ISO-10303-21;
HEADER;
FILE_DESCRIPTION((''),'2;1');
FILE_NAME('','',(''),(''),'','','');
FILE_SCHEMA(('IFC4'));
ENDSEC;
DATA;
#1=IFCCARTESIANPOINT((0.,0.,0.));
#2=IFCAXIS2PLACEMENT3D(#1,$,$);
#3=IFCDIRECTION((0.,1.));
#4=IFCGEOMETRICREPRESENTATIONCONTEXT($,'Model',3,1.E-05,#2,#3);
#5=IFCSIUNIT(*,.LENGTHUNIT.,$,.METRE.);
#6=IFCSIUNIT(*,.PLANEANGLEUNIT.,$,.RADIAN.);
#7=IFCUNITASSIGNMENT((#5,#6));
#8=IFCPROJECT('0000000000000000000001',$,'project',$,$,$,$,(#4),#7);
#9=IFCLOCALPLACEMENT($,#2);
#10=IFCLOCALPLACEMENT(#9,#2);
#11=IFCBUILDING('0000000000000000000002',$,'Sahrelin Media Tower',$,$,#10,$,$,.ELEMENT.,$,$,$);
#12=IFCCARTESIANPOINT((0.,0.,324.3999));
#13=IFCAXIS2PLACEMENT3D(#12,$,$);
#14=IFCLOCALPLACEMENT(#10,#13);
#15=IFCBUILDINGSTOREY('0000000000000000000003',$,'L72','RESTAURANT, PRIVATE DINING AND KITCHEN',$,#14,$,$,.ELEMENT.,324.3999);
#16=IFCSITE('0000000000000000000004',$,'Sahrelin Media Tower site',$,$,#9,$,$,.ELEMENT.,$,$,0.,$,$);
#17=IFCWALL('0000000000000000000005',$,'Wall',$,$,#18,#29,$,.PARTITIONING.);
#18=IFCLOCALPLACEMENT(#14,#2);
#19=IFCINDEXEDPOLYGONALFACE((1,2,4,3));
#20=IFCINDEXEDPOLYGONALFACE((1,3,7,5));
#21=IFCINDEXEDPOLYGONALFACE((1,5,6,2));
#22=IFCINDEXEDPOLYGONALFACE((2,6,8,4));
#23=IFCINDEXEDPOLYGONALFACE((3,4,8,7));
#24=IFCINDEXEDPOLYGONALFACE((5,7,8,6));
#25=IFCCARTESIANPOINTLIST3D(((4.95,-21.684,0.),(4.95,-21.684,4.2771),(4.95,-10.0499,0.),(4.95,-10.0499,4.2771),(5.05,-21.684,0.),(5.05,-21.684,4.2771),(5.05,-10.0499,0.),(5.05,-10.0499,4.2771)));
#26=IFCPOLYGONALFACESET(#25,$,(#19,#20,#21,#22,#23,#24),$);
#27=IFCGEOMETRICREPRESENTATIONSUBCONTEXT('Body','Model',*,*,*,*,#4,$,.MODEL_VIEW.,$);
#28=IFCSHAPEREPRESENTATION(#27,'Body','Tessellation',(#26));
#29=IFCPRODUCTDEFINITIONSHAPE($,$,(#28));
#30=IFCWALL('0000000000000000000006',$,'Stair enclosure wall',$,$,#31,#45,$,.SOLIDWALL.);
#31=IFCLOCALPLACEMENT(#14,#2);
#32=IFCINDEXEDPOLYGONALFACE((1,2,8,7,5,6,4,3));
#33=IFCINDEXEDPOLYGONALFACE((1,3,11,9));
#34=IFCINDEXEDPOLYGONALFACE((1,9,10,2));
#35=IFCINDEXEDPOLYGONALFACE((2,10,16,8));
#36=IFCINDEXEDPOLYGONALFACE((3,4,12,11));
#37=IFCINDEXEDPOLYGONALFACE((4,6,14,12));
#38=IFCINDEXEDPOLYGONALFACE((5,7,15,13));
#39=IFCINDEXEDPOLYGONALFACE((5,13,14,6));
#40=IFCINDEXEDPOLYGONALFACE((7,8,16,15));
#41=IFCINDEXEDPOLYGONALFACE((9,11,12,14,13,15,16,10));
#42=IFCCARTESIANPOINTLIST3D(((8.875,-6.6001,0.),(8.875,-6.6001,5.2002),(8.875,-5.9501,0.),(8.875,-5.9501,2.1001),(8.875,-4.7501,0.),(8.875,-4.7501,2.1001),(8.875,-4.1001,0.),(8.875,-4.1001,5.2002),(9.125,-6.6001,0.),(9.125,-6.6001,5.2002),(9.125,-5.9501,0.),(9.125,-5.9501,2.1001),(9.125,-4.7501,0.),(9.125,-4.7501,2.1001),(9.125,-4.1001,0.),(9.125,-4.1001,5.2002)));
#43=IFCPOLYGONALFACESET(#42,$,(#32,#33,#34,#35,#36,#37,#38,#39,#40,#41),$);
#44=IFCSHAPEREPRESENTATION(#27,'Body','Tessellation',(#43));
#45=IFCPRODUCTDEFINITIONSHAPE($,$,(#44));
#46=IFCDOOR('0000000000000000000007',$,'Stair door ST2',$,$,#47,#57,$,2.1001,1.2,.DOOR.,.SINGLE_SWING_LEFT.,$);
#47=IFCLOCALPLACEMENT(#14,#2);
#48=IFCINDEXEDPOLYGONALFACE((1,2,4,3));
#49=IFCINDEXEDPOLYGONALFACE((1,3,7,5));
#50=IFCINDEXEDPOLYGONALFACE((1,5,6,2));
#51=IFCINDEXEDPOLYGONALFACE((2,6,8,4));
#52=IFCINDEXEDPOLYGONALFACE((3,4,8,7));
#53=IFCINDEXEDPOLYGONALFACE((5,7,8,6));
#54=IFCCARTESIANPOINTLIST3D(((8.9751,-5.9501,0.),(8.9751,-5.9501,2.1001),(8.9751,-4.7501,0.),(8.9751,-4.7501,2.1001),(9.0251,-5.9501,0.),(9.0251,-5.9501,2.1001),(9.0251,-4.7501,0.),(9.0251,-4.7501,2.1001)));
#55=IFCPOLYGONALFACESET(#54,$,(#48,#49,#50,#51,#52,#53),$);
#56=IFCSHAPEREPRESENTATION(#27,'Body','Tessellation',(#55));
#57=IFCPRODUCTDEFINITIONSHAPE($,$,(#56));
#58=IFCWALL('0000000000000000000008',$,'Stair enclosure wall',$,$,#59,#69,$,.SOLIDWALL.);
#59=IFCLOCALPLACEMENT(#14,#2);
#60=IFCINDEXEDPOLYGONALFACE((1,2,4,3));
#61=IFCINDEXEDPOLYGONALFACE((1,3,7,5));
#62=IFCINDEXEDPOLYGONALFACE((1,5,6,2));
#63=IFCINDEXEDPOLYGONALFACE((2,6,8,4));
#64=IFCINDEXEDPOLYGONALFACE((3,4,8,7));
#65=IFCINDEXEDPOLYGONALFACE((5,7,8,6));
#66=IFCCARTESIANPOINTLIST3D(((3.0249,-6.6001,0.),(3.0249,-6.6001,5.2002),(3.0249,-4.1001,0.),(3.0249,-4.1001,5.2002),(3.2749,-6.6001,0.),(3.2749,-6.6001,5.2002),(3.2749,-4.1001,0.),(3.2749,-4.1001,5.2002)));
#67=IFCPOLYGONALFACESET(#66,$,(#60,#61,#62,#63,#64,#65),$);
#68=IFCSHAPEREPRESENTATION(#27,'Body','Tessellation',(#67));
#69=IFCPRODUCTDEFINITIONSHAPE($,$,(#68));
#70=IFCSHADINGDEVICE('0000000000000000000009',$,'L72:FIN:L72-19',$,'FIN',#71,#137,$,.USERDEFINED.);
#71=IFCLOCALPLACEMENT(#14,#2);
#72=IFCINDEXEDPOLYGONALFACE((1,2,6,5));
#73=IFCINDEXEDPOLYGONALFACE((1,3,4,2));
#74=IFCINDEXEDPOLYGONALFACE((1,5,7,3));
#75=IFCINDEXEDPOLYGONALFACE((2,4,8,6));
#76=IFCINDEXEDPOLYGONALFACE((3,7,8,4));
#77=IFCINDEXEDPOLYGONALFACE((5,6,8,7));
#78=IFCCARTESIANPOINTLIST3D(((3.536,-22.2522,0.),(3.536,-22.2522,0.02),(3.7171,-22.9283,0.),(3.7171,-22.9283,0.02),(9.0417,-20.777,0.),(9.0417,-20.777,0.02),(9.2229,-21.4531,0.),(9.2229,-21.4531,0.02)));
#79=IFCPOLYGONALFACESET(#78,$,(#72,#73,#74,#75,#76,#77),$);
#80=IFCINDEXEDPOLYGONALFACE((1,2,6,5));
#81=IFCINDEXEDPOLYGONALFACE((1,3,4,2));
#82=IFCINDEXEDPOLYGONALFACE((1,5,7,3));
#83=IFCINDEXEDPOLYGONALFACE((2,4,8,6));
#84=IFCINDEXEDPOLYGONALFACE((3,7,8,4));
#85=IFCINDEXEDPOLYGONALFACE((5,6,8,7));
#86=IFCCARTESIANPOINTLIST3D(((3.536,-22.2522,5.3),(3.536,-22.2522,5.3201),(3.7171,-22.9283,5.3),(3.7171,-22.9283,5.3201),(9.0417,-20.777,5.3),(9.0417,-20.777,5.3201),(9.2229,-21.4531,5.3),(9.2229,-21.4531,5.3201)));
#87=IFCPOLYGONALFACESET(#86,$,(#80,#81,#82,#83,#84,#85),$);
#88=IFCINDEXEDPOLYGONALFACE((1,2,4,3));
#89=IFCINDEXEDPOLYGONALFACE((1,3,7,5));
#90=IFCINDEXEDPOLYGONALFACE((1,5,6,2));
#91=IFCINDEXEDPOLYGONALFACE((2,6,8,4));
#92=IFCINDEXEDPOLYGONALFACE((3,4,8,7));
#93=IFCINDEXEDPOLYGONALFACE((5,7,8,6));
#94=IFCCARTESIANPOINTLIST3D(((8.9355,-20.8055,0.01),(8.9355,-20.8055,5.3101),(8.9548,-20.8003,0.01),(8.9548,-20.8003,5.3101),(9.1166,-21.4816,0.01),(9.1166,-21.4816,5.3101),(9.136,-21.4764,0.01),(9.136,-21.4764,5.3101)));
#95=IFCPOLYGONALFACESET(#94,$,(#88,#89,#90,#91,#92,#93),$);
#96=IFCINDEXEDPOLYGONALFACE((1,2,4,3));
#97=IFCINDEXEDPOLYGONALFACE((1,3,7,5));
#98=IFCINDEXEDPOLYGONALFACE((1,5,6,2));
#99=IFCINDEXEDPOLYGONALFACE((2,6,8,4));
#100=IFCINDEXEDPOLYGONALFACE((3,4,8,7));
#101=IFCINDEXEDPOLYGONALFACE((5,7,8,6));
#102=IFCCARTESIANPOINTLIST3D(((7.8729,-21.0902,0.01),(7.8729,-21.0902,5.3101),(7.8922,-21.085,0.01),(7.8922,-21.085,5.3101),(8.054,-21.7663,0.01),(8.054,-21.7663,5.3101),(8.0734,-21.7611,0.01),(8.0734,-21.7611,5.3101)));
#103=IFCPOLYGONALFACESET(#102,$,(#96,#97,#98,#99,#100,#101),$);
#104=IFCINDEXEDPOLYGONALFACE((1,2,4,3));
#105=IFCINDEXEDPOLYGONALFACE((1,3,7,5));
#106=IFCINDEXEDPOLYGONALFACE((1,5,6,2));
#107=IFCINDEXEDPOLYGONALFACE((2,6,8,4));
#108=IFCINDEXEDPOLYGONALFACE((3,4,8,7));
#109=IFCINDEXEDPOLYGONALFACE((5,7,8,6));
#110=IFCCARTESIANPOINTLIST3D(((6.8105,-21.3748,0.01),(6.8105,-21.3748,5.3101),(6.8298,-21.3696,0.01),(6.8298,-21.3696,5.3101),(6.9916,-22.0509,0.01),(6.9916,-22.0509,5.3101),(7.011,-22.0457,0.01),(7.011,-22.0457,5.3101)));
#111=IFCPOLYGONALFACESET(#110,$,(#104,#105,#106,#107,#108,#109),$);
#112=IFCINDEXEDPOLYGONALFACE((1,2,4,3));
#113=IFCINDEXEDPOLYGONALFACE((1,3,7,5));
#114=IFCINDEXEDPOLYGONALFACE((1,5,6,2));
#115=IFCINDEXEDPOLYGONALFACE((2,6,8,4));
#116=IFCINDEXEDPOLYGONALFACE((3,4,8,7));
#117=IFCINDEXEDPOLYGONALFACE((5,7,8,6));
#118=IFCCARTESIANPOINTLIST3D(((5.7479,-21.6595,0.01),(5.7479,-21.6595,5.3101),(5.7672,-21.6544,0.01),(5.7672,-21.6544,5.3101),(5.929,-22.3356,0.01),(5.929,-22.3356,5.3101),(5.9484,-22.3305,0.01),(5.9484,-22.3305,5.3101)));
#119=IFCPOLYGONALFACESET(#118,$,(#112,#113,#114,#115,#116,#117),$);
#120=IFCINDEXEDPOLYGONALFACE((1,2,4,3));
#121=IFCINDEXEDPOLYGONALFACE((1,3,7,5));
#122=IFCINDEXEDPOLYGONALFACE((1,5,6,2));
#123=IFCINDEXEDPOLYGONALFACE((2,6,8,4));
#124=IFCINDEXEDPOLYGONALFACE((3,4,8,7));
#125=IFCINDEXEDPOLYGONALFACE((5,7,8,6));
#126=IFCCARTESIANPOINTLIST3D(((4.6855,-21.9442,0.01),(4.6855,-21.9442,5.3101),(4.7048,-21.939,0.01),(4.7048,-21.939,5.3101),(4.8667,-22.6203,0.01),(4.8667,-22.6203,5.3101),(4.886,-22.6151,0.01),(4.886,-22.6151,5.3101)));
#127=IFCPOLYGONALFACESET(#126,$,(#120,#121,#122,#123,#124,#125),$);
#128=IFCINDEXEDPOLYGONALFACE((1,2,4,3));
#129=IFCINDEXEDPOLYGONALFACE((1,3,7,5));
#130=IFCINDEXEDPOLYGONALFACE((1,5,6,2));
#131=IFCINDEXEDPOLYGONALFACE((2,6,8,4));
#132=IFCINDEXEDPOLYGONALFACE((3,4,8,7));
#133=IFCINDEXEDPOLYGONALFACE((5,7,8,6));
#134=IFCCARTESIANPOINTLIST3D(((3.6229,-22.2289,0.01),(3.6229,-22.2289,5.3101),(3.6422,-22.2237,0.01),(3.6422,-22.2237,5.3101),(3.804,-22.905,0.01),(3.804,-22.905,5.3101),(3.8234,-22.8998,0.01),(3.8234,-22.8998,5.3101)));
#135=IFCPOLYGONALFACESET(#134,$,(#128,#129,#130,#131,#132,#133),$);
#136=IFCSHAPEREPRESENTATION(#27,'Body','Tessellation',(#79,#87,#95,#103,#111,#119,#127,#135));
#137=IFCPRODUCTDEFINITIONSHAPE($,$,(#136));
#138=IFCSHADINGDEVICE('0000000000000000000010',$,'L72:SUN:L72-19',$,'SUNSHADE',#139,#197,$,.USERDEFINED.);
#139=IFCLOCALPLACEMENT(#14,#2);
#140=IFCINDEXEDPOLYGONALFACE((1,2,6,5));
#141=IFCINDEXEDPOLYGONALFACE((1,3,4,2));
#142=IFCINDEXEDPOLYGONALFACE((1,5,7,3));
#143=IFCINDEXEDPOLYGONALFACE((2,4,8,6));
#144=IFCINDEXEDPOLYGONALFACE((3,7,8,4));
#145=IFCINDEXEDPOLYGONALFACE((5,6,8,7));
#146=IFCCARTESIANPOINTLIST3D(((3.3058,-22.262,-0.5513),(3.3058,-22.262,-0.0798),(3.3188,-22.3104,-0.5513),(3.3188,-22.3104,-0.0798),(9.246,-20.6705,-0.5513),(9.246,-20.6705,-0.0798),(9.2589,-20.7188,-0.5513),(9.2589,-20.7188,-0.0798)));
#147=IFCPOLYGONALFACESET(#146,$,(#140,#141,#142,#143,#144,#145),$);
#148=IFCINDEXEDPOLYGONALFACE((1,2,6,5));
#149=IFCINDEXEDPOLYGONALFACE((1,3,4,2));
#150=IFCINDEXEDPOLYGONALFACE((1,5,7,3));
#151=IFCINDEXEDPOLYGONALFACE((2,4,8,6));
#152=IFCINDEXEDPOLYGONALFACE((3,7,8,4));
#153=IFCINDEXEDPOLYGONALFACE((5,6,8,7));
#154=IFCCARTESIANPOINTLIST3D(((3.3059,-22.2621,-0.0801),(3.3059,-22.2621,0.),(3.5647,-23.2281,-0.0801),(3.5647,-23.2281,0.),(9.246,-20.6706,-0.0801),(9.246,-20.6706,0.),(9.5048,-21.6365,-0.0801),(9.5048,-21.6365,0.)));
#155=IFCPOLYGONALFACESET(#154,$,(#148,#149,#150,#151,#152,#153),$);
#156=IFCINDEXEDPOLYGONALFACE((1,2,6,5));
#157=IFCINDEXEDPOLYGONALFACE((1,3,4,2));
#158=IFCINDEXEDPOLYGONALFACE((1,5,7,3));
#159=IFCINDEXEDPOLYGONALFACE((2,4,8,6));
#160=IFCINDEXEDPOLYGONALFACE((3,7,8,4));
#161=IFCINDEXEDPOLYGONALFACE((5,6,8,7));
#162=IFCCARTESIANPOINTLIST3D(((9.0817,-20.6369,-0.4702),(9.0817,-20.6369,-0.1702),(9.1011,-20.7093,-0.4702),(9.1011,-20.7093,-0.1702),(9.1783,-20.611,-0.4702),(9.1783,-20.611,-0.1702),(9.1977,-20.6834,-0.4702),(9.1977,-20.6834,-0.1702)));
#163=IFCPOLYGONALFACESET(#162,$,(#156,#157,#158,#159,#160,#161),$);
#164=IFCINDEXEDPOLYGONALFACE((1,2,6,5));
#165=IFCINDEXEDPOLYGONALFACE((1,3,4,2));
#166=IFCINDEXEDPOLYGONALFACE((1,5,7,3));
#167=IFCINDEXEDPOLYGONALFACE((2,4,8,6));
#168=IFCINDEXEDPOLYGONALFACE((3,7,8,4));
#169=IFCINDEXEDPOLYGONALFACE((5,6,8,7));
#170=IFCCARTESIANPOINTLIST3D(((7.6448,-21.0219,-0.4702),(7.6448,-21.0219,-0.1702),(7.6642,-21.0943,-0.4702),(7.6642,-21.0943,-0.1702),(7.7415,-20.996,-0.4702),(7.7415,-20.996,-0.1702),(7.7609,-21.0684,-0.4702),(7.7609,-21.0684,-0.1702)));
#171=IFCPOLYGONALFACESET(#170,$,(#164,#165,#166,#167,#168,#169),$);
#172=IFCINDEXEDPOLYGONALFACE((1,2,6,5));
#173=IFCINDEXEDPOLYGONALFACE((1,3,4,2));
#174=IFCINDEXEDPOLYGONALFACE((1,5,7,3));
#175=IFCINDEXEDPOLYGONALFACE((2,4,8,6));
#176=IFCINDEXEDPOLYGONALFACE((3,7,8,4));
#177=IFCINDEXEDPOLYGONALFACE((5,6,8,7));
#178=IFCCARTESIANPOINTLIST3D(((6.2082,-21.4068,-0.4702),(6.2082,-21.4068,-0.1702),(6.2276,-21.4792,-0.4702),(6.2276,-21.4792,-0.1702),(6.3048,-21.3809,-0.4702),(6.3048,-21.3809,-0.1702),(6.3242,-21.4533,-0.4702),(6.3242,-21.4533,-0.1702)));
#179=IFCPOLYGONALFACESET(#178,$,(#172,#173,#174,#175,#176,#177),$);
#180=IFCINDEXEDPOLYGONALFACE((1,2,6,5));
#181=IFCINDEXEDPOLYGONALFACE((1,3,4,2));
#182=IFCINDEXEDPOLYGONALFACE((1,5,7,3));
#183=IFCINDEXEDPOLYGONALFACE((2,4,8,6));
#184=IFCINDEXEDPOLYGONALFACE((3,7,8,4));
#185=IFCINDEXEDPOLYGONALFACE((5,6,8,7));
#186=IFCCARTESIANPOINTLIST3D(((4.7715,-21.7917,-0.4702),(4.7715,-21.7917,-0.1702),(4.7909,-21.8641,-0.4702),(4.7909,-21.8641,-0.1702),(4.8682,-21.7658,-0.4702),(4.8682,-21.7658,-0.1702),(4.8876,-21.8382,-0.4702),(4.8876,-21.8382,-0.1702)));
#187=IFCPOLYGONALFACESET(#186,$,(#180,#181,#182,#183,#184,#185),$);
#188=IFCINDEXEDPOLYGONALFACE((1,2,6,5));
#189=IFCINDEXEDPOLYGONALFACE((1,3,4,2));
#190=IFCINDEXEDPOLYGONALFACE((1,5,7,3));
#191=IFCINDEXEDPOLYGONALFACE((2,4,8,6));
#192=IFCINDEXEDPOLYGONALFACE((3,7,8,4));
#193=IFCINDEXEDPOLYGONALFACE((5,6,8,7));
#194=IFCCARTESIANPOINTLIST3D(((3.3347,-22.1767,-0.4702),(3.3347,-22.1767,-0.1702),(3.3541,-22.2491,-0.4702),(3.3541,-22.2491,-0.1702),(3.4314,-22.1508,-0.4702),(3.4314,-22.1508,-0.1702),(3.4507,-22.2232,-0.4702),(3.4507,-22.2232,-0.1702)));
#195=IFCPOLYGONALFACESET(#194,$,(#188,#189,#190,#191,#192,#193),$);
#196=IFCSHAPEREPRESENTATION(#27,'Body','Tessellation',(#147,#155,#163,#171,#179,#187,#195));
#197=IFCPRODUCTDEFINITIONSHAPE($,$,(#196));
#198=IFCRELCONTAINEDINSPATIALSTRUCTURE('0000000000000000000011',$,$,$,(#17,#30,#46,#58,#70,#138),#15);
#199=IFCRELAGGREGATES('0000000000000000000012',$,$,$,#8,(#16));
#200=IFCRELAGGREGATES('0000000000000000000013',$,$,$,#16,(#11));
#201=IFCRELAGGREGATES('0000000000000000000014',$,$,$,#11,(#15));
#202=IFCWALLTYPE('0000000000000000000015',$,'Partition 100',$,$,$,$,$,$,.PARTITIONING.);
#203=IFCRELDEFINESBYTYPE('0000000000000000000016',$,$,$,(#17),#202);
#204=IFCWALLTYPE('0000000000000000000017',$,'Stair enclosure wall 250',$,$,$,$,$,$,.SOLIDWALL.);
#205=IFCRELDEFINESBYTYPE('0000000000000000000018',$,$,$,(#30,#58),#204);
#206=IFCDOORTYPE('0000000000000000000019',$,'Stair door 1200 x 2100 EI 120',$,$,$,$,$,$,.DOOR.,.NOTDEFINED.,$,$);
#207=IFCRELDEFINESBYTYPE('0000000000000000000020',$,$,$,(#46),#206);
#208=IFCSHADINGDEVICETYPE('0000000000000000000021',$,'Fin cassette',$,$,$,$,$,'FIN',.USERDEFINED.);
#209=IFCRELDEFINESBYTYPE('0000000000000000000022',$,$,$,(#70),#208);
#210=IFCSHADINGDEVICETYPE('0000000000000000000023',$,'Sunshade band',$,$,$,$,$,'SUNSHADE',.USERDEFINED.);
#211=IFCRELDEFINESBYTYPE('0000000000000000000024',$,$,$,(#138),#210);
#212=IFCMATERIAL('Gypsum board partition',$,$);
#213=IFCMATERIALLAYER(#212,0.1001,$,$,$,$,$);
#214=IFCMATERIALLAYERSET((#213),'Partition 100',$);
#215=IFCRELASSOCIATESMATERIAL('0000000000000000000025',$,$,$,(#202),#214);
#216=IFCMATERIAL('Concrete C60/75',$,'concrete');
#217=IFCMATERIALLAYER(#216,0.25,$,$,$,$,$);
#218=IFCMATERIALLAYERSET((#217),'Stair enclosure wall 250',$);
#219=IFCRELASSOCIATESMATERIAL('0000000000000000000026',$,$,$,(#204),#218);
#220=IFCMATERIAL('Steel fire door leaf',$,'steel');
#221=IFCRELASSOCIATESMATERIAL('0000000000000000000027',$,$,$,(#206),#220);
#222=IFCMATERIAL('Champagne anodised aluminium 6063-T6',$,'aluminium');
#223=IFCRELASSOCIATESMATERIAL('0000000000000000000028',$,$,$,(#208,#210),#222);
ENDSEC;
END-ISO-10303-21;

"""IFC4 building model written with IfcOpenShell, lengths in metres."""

from ifc_helpers import new_model, si_unit, direction, frame, frame_2d, origin, origin_2d, place, context, subcontext, project, spatial, rectangle, extrude, material, layer, layer_set, type_object, element, fill, save


model = new_model("IFC4")

# Units and contexts
model_context = context("Model", 3, precision=1e-05, world=origin(), true_north=direction((0.0, 1.0)))
body_context = subcontext(model_context, "Body", "Model", "MODEL_VIEW")
ifc_project = project(units=[si_unit("LENGTHUNIT", "METRE"), si_unit("PLANEANGLEUNIT", "RADIAN")], contexts=[model_context])

# Site, building, storey
site_placement = place(None, origin())
site = spatial("IfcSite", under=ifc_project, at=site_placement, Name="Sahrelin Media Tower site", CompositionType="ELEMENT", RefElevation=0.0)
building_placement = place(site_placement, origin())
building = spatial("IfcBuilding", under=site, at=building_placement, Name="Sahrelin Media Tower", CompositionType="ELEMENT")
storey_placement = place(building_placement, frame((0.0, 0.0, 324.3999)))
storey = spatial("IfcBuildingStorey", under=building, at=storey_placement, Name="L72", Description="RESTAURANT, PRIVATE DINING AND KITCHEN", CompositionType="ELEMENT", Elevation=324.3999)

# Shared definitions
ifc_material_1 = material(Name="Champagne anodised aluminium 6063-T6", Category="aluminium")

# Wall
ifc_material_2 = material(Name="Gypsum board partition")
ifc_layer_1 = layer(ifc_material_2, 0.1001)
ifc_layer_set_1 = layer_set([ifc_layer_1], Name="Partition 100")
wall_type_1 = type_object("IfcWallType", Name="Partition 100", PredefinedType="PARTITIONING", material=ifc_layer_set_1)
wall_1_placement = place(storey_placement, frame((5.0, -10.05, 0.0), z_axis=(0.0, 0.0, 1.0), x_axis=(0.0, -1.0, 0.0)))
element("IfcWall", 1, at=wall_1_placement, inside=storey, type_object=wall_type_1, Name="Wall", PredefinedType="PARTITIONING", context=body_context, shape_type="SweptSolid", body=[
    extrude(rectangle(XDim=11.634, YDim=0.1001, at=frame_2d((5.8169, 0.0))), origin(), (0.0, 0.0, 1.0), 4.2771),
])

# Wall, opening, door
ifc_material_3 = material(Name="Concrete C60/75", Category="concrete")
ifc_layer_2 = layer(ifc_material_3, 0.25)
ifc_layer_set_2 = layer_set([ifc_layer_2], Name="Stair enclosure wall 250")
wall_type_2 = type_object("IfcWallType", Name="Stair enclosure wall 250", PredefinedType="SOLIDWALL", material=ifc_layer_set_2)
wall_2_placement = place(storey_placement, frame((9.0, -6.6001, 0.0), z_axis=(0.0, 0.0, 1.0), x_axis=(0.0, 1.0, 0.0)))
wall_2 = element("IfcWall", 2, at=wall_2_placement, inside=storey, type_object=wall_type_2, Name="Stair enclosure wall", PredefinedType="SOLIDWALL", context=body_context, shape_type="SweptSolid", body=[
    extrude(rectangle(XDim=2.5, YDim=0.25, at=frame_2d((1.25, 0.0))), origin(), (0.0, 0.0, 1.0), 5.2002),
])
opening_placement = place(wall_2_placement, frame((0.6499, 0.0, 0.0)))
opening = element("IfcOpeningElement", 3, at=opening_placement, cuts=wall_2, PredefinedType="OPENING", context=body_context, shape_type="SweptSolid", body=[
    extrude(rectangle(XDim=1.2, YDim=2.1001, at=frame_2d((0.6001, 1.05))), frame((0.0, 0.125, 0.0), z_axis=(0.0, -1.0, 0.0), x_axis=(1.0, 0.0, 0.0)), (0.0, 0.0, 1.0), 0.25),
])
ifc_material_4 = material(Name="Steel fire door leaf", Category="steel")
door_type = type_object("IfcDoorType", Name="Stair door 1200 x 2100 EI 120", OperationType="NOTDEFINED", PredefinedType="DOOR", material=ifc_material_4)
door_placement = place(opening_placement, origin())
door = element("IfcDoor", 4, at=door_placement, inside=storey, type_object=door_type, Name="Stair door ST2", OperationType="SINGLE_SWING_LEFT", OverallHeight=2.1001, OverallWidth=1.2, PredefinedType="DOOR", context=body_context, shape_type="SweptSolid", body=[
    extrude(rectangle(XDim=1.2, YDim=2.1001, at=frame_2d((0.6001, 1.05))), frame((0.0, 0.0249, 0.0), z_axis=(0.0, -1.0, 0.0), x_axis=(1.0, 0.0, 0.0)), (0.0, 0.0, 1.0), 0.05),
])
fill(opening, door)

# Wall
wall_3_placement = place(storey_placement, frame((3.1499, -6.6001, 0.0), z_axis=(0.0, 0.0, 1.0), x_axis=(0.0, 1.0, 0.0)))
element("IfcWall", 5, at=wall_3_placement, inside=storey, type_object=wall_type_2, Name="Stair enclosure wall", PredefinedType="SOLIDWALL", context=body_context, shape_type="SweptSolid", body=[
    extrude(rectangle(XDim=2.5, YDim=0.25, at=frame_2d((1.25, 0.0))), origin(), (0.0, 0.0, 1.0), 5.2002),
])

# Shading devices
shading_device_type_1 = type_object("IfcShadingDeviceType", Name="Fin cassette", ElementType="FIN", PredefinedType="USERDEFINED", material=ifc_material_1)
placement = place(storey_placement, frame((6.2708, -21.447, 0.0), z_axis=(0.0, 0.0, 1.0), x_axis=(-0.965929, -0.258808, 0.0)))
element("IfcShadingDevice", 6, at=placement, inside=storey, type_object=shading_device_type_1, Name="L72:FIN:L72-19", ObjectType="FIN", PredefinedType="USERDEFINED", context=body_context, shape_type="SweptSolid", body=[
    extrude(rectangle(XDim=5.7, YDim=0.7, at=origin_2d()), frame((0.0, 0.4199, 0.0)), (0.0, 0.0, 1.0), 0.02),
    extrude(rectangle(XDim=5.7, YDim=0.7, at=origin_2d()), frame((0.0, 0.4199, 5.3)), (0.0, 0.0, 1.0), 0.02),
    extrude(rectangle(XDim=0.02, YDim=0.7, at=origin_2d()), frame((-2.75, 0.4199, 0.01), z_axis=(0.0, 0.0, 1.0), x_axis=(1.0, 0.0, 0.0)), (0.0, 0.0, 1.0), 5.3),
    extrude(rectangle(XDim=0.02, YDim=0.7, at=origin_2d()), frame((-1.6499, 0.4199, 0.01), z_axis=(0.0, 0.0, 1.0), x_axis=(1.0, 0.0, 0.0)), (0.0, 0.0, 1.0), 5.3),
    extrude(rectangle(XDim=0.02, YDim=0.7, at=origin_2d()), frame((-0.55, 0.4199, 0.01), z_axis=(0.0, 0.0, 1.0), x_axis=(1.0, 0.0, 0.0)), (0.0, 0.0, 1.0), 5.3),
    extrude(rectangle(XDim=0.02, YDim=0.7, at=origin_2d()), frame((0.55, 0.4199, 0.01), z_axis=(0.0, 0.0, 1.0), x_axis=(1.0, 0.0, 0.0)), (0.0, 0.0, 1.0), 5.3),
    extrude(rectangle(XDim=0.02, YDim=0.7, at=origin_2d()), frame((1.6499, 0.4199, 0.01), z_axis=(0.0, 0.0, 1.0), x_axis=(1.0, 0.0, 0.0)), (0.0, 0.0, 1.0), 5.3),
    extrude(rectangle(XDim=0.02, YDim=0.7, at=origin_2d()), frame((2.75, 0.4199, 0.01), z_axis=(0.0, 0.0, 1.0), x_axis=(1.0, 0.0, 0.0)), (0.0, 0.0, 1.0), 5.3),
])
shading_device_type_2 = type_object("IfcShadingDeviceType", Name="Sunshade band", ElementType="SUNSHADE", PredefinedType="USERDEFINED", material=ifc_material_1)
element("IfcShadingDevice", 7, at=placement, inside=storey, type_object=shading_device_type_2, Name="L72:SUN:L72-19", ObjectType="SUNSHADE", PredefinedType="USERDEFINED", context=body_context, shape_type="SweptSolid", body=[
    extrude(rectangle(XDim=6.1497, YDim=0.05, at=origin_2d()), frame((0.0, 0.0449, -0.5513)), (0.0, 0.0, 1.0), 0.4714),
    extrude(rectangle(XDim=6.1497, YDim=1.0, at=origin_2d()), frame((0.0, 0.52, -0.0801)), (0.0, 0.0, 1.0), 0.0801),
    extrude(rectangle(XDim=0.1001, YDim=0.075, at=origin_2d()), frame((-2.9749, -0.0176, -0.4702)), (0.0, 0.0, 1.0), 0.3),
    extrude(rectangle(XDim=0.1001, YDim=0.075, at=origin_2d()), frame((-1.4873, -0.0176, -0.4702)), (0.0, 0.0, 1.0), 0.3),
    extrude(rectangle(XDim=0.1001, YDim=0.075, at=origin_2d()), frame((0.0, -0.0176, -0.4702)), (0.0, 0.0, 1.0), 0.3),
    extrude(rectangle(XDim=0.1001, YDim=0.075, at=origin_2d()), frame((1.4873, -0.0176, -0.4702)), (0.0, 0.0, 1.0), 0.3),
    extrude(rectangle(XDim=0.1001, YDim=0.075, at=origin_2d()), frame((2.9749, -0.0176, -0.4702)), (0.0, 0.0, 1.0), 0.3),
])

save(model, "model.ifc")
